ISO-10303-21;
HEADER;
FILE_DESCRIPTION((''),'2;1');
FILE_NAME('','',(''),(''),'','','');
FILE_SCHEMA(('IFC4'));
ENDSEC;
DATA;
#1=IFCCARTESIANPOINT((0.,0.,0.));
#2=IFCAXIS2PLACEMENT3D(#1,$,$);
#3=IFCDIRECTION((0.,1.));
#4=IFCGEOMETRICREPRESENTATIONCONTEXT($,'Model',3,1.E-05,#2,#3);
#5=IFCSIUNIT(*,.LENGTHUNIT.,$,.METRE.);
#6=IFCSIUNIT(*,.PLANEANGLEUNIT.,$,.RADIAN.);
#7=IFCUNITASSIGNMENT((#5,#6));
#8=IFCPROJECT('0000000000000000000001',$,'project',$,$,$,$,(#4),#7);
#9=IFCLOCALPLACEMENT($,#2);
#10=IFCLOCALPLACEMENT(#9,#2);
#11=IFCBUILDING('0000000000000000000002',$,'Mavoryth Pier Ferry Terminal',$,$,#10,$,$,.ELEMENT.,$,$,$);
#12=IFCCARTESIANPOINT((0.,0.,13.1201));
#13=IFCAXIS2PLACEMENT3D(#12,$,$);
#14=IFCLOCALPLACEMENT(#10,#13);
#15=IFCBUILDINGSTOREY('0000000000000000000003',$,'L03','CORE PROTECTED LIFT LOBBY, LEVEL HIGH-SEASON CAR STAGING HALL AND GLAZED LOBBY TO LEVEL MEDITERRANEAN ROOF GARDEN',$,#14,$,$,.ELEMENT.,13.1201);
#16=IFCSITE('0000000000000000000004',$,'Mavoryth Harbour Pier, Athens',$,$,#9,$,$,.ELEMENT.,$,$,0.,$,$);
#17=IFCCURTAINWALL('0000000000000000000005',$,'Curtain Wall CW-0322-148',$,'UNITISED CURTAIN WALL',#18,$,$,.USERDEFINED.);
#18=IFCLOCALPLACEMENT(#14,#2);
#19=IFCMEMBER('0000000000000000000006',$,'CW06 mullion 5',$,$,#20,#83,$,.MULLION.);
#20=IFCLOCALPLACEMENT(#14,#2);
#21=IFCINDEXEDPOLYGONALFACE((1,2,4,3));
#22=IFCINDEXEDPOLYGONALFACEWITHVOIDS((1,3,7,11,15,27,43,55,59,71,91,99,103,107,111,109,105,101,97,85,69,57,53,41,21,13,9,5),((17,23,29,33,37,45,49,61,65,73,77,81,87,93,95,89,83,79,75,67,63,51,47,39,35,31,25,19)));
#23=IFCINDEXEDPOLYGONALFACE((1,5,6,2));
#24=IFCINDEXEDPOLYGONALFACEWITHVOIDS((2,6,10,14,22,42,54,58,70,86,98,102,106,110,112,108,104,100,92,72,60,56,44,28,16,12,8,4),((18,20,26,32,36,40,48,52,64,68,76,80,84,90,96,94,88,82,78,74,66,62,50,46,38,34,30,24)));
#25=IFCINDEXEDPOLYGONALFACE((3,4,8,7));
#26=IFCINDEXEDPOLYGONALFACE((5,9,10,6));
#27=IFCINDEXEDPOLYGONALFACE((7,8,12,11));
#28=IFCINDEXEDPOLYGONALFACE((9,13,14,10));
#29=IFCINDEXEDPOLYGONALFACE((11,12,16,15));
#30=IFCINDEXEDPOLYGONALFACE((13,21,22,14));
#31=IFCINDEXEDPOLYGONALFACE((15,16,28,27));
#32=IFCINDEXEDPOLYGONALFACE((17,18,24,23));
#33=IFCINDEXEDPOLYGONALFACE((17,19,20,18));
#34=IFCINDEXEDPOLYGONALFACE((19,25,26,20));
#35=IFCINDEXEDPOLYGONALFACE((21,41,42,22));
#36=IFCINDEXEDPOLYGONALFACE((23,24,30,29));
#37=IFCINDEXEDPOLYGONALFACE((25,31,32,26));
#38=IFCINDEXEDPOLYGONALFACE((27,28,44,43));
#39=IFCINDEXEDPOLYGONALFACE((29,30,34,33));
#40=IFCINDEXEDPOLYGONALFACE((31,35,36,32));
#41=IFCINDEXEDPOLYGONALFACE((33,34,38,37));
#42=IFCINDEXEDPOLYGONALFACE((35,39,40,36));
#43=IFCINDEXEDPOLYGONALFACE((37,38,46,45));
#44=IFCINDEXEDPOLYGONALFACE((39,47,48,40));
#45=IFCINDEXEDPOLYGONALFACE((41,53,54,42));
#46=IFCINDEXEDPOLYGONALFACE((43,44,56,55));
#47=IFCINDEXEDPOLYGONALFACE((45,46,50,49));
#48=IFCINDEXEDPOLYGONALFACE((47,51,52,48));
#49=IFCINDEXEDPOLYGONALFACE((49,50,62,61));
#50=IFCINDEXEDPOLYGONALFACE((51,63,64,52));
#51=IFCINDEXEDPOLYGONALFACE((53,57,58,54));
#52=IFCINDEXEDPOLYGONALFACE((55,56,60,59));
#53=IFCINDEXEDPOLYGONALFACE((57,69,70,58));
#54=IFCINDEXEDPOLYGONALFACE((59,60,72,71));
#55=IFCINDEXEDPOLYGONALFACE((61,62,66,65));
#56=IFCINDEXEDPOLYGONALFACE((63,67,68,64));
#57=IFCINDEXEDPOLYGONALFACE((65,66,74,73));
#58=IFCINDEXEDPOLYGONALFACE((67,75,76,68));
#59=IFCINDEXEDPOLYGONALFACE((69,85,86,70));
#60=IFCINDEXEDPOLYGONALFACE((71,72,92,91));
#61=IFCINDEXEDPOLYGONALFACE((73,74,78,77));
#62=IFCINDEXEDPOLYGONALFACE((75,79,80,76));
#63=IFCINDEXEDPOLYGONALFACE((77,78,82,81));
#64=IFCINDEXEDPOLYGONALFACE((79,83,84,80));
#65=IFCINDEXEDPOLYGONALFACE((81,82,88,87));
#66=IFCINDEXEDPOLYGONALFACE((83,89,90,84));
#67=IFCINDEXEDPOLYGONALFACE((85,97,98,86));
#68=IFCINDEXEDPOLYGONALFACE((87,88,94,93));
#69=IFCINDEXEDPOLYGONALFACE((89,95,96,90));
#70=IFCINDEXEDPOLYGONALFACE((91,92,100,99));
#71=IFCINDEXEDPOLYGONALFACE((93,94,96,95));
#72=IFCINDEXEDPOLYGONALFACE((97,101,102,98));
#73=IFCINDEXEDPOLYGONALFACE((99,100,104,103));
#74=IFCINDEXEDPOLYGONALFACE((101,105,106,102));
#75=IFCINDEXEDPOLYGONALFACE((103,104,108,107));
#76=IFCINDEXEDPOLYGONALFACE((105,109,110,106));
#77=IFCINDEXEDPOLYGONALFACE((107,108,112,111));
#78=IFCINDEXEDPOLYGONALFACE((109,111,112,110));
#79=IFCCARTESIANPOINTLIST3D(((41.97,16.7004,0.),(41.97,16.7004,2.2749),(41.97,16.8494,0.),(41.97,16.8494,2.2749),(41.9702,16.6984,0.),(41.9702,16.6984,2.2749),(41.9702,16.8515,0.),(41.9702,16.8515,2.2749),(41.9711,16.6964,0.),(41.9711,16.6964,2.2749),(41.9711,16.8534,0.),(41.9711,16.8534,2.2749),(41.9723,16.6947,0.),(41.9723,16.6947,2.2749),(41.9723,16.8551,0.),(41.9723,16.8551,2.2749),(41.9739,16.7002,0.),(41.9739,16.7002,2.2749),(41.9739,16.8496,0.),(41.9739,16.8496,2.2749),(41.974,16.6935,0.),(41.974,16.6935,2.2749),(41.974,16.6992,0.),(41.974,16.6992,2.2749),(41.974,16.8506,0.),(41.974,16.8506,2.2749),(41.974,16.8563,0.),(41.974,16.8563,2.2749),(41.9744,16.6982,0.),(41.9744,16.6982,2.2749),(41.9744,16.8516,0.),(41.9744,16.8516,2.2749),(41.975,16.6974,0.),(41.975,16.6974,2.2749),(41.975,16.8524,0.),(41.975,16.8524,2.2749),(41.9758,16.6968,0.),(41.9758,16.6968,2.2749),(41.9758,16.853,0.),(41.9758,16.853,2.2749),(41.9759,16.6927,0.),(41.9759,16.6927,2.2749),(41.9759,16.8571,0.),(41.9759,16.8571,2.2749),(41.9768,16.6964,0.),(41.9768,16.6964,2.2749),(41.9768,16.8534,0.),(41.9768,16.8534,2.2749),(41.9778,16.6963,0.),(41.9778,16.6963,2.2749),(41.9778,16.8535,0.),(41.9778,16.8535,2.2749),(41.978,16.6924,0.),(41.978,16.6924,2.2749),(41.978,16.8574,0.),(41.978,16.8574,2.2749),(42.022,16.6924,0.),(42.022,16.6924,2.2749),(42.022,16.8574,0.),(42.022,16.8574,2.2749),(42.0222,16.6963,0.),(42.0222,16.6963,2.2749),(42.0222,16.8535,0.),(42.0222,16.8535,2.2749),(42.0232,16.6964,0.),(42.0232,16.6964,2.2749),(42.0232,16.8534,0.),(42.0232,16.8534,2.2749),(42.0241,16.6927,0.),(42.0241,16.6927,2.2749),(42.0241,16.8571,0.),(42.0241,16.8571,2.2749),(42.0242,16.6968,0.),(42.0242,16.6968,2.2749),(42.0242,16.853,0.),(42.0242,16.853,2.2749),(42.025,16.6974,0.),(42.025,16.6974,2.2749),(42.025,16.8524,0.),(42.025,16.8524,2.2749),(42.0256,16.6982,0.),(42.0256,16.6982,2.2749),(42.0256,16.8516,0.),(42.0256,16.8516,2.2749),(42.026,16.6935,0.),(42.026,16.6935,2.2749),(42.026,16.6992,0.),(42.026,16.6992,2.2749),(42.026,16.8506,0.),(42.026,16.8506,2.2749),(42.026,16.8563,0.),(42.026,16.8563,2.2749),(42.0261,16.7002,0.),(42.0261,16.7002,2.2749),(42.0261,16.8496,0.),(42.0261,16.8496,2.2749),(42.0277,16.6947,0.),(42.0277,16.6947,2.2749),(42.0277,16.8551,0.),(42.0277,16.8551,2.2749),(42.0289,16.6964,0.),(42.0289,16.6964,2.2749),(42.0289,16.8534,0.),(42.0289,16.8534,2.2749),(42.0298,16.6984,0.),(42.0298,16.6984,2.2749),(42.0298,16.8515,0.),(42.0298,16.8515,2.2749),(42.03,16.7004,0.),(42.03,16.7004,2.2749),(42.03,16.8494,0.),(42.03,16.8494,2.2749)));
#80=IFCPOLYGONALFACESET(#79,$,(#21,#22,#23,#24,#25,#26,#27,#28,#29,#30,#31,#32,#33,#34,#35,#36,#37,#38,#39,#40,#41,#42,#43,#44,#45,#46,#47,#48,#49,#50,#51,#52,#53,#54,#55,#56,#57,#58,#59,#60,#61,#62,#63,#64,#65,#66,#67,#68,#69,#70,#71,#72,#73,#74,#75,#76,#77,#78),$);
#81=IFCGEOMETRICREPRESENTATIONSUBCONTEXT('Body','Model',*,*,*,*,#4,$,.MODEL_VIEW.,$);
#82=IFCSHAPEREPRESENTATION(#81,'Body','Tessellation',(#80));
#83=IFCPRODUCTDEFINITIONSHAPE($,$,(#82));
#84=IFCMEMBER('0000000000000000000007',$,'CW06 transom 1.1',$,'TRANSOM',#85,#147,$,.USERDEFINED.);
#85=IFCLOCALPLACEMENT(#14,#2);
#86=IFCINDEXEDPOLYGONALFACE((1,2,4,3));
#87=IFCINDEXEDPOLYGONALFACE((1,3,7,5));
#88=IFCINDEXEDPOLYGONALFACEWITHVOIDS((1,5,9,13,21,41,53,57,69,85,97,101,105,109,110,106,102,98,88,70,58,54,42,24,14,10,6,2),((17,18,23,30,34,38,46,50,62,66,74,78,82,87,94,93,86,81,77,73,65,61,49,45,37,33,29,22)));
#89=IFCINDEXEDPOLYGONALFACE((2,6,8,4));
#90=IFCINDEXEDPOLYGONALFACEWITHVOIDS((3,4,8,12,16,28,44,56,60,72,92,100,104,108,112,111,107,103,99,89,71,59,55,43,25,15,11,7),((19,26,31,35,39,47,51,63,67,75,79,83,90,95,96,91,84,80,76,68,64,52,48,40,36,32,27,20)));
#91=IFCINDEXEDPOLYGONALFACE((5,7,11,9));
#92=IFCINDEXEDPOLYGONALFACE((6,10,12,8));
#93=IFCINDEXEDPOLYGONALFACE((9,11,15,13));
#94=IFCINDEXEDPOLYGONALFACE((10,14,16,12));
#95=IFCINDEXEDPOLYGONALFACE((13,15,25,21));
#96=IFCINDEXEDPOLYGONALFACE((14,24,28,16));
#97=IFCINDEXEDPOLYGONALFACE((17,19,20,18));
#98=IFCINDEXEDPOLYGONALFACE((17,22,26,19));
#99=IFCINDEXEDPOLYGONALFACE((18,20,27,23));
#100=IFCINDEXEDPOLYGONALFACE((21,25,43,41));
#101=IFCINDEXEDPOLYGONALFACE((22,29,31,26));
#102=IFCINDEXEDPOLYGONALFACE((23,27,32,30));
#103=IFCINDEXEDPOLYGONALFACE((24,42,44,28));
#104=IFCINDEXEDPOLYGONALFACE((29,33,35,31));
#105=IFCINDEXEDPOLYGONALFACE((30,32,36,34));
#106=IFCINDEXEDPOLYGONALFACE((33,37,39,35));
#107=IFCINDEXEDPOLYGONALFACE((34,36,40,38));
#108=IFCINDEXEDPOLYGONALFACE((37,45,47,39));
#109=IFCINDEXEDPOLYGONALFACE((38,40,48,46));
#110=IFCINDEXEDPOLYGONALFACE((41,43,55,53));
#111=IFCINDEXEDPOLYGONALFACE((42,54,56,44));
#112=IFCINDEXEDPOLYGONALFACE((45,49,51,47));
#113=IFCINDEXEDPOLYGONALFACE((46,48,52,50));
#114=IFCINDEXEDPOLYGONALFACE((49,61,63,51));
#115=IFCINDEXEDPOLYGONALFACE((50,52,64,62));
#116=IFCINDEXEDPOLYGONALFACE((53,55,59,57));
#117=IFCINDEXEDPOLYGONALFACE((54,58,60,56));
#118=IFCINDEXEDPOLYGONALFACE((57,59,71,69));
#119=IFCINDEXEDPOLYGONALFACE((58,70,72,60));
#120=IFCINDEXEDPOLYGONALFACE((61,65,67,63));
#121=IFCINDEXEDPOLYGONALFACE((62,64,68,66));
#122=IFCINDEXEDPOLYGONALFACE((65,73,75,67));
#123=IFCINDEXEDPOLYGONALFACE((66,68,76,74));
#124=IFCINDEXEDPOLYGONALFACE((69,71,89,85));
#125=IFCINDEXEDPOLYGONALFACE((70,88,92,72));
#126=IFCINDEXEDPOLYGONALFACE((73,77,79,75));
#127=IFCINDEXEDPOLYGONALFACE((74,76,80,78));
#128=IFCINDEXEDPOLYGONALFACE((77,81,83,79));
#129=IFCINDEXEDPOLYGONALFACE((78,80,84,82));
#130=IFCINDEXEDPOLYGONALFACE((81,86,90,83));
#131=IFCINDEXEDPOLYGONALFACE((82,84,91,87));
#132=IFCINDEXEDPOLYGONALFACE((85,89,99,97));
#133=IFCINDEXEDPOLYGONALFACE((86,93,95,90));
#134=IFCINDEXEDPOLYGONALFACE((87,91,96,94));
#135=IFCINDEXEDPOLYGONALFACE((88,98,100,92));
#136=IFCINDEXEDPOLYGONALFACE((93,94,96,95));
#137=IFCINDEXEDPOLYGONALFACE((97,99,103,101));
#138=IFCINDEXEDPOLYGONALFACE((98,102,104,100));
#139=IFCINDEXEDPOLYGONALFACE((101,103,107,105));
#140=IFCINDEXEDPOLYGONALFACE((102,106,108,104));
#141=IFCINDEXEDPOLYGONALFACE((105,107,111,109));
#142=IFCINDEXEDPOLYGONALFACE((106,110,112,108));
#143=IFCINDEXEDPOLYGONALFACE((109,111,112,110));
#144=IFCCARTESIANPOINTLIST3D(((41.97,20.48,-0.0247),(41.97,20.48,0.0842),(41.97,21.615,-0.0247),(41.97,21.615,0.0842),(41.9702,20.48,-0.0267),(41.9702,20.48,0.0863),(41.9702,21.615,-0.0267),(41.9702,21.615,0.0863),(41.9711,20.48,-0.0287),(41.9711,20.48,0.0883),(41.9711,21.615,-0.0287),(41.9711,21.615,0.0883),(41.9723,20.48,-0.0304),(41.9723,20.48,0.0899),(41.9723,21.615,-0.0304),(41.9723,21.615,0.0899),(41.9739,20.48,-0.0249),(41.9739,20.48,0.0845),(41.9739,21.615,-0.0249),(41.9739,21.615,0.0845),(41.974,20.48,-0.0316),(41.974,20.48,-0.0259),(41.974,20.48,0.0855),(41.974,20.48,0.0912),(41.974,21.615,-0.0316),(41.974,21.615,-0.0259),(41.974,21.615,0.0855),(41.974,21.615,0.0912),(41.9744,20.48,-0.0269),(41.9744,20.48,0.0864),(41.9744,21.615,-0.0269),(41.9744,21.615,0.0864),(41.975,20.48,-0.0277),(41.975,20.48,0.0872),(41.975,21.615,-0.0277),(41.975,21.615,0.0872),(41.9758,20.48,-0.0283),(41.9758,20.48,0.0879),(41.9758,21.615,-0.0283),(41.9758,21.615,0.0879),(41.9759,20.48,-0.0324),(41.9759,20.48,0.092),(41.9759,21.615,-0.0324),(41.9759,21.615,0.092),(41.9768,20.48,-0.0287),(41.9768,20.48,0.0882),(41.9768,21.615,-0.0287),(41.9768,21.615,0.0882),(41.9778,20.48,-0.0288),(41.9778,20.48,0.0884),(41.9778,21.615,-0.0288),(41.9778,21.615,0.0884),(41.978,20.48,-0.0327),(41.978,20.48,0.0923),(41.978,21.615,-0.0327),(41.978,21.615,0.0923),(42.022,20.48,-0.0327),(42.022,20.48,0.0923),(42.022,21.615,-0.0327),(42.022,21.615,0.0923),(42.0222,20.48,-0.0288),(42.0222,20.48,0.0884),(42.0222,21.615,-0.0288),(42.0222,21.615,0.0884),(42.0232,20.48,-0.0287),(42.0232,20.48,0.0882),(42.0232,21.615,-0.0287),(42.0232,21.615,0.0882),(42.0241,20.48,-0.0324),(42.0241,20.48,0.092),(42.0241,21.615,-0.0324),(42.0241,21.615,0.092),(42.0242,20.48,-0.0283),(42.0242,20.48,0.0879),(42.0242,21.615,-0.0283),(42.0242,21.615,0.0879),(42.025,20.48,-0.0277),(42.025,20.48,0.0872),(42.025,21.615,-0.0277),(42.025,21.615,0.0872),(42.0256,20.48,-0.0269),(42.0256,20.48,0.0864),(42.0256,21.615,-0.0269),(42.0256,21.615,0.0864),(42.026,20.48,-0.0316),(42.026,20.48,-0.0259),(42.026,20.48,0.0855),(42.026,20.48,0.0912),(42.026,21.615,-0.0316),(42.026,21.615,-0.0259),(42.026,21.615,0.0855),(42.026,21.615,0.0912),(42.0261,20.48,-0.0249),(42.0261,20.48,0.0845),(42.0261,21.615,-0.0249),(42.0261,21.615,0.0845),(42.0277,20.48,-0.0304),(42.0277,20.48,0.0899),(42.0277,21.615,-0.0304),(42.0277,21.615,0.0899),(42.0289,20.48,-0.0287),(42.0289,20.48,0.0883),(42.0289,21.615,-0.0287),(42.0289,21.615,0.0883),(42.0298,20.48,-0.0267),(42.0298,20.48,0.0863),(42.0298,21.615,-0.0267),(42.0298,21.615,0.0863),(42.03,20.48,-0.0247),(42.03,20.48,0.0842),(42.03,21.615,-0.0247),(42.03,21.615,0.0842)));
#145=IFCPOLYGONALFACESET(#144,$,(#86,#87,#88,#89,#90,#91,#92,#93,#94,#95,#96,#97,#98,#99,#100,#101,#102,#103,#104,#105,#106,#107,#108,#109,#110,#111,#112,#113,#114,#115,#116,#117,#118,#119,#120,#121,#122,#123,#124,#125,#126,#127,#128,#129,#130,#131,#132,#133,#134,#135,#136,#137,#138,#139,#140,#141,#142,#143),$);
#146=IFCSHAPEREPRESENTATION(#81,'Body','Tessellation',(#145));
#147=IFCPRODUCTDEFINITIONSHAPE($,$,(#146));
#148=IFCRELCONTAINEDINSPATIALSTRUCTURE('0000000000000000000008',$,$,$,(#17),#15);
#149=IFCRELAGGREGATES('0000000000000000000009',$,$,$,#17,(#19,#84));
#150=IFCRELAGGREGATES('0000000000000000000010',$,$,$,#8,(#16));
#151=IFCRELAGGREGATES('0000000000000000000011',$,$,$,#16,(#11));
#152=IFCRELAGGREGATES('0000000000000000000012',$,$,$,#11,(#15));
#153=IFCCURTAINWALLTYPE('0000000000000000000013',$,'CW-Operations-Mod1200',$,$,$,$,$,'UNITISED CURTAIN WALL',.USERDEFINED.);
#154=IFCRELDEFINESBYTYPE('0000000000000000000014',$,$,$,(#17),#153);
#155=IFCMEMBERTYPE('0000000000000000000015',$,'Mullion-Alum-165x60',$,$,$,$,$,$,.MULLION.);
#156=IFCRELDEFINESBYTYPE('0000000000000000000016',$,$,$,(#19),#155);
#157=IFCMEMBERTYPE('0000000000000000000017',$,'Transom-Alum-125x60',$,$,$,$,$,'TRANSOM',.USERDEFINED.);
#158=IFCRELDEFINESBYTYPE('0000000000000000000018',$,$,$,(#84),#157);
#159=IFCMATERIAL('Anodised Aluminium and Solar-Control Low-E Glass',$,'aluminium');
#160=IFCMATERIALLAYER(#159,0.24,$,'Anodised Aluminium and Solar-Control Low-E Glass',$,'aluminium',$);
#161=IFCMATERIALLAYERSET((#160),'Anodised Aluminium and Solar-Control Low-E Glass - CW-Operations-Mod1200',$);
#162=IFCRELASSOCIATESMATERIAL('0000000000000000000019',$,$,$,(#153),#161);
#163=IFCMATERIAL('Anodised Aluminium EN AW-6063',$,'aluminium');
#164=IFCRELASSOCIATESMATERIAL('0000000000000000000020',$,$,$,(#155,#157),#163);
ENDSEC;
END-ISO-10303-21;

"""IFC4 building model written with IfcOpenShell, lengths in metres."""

from ifc_helpers import new_model, si_unit, direction, frame, origin, origin_2d, place, context, subcontext, project, spatial, hollow_rectangle, extrude, material, layer, layer_set, material_profile, profile_set, type_object, element, aggregate, save


model = new_model("IFC4")

# Units and contexts
model_context = context("Model", 3, precision=1e-05, world=origin(), true_north=direction((0.0, 1.0)))
body_context = subcontext(model_context, "Body", "Model", "MODEL_VIEW")
ifc_project = project(units=[si_unit("LENGTHUNIT", "METRE"), si_unit("PLANEANGLEUNIT", "RADIAN")], contexts=[model_context])

# Site, building, storey
site_placement = place(None, origin())
site = spatial("IfcSite", under=ifc_project, at=site_placement, Name="Mavoryth Harbour Pier, Athens", CompositionType="ELEMENT", RefElevation=0.0)
building_placement = place(site_placement, origin())
building = spatial("IfcBuilding", under=site, at=building_placement, Name="Mavoryth Pier Ferry Terminal", CompositionType="ELEMENT")
storey_placement = place(building_placement, frame((0.0, 0.0, 13.1201)))
storey = spatial("IfcBuildingStorey", under=building, at=storey_placement, Name="L03", Description="CORE PROTECTED LIFT LOBBY, LEVEL HIGH-SEASON CAR STAGING HALL AND GLAZED LOBBY TO LEVEL MEDITERRANEAN ROOF GARDEN", CompositionType="ELEMENT", Elevation=13.1201)

# Curtain wall, members
ifc_material_1 = material(Name="Anodised Aluminium and Solar-Control Low-E Glass", Category="aluminium")
ifc_layer_1 = layer(ifc_material_1, 0.24, Name="Anodised Aluminium and Solar-Control Low-E Glass", Category="aluminium")
ifc_layer_set_1 = layer_set([ifc_layer_1], Name="Anodised Aluminium and Solar-Control Low-E Glass - CW-Operations-Mod1200")
curtain_wall_type = type_object("IfcCurtainWallType", Name="CW-Operations-Mod1200", ElementType="UNITISED CURTAIN WALL", PredefinedType="USERDEFINED", material=ifc_layer_set_1)
curtain_wall_placement = place(storey_placement, origin())
curtain_wall = element("IfcCurtainWall", 1, at=curtain_wall_placement, inside=storey, type_object=curtain_wall_type, Name="Curtain Wall CW-0322-148", ObjectType="UNITISED CURTAIN WALL", PredefinedType="USERDEFINED")
ifc_material_2 = material(Name="Anodised Aluminium EN AW-6063", Category="aluminium")
ifc_material_profile_1 = material_profile(ifc_material_2, hollow_rectangle(XDim=0.0601, YDim=0.165, WallThickness=0.0039, InnerFilletRadius=0.0039, OuterFilletRadius=0.0081, at=origin_2d()), Name="AL-MULL 165x60x4", Category="aluminium")
ifc_profile_set_1 = profile_set([ifc_material_profile_1], Name="Anodised Aluminium EN AW-6063 - AL-MULL 165x60x4")
member_type_1 = type_object("IfcMemberType", Name="Mullion-Alum-165x60", PredefinedType="MULLION", material=ifc_profile_set_1)
member_1_placement = place(storey_placement, frame((42.0, 16.7749, 0.0), z_axis=(0.0, 0.0, 1.0), x_axis=(1.0, 0.0, 0.0)))
member_1 = element("IfcMember", 2, at=member_1_placement, type_object=member_type_1, Name="CW06 mullion 5", PredefinedType="MULLION", context=body_context, shape_type="SweptSolid", body=[
    extrude(hollow_rectangle(XDim=0.0601, YDim=0.165, WallThickness=0.0039, InnerFilletRadius=0.0039, OuterFilletRadius=0.0081, at=origin_2d()), origin(), (0.0, 0.0, 1.0), 2.2749),
])
ifc_material_profile_2 = material_profile(ifc_material_2, hollow_rectangle(XDim=0.0601, YDim=0.125, WallThickness=0.0039, InnerFilletRadius=0.0039, OuterFilletRadius=0.0081, at=origin_2d()), Name="AL-TRAN 125x60x4", Category="aluminium")
ifc_profile_set_2 = profile_set([ifc_material_profile_2], Name="Anodised Aluminium EN AW-6063 - AL-TRAN 125x60x4")
member_type_2 = type_object("IfcMemberType", Name="Transom-Alum-125x60", ElementType="TRANSOM", PredefinedType="USERDEFINED", material=ifc_profile_set_2)
member_2_placement = place(storey_placement, frame((42.0, 21.615, 0.0298), z_axis=(0.0, -1.0, 0.0), x_axis=(1.0, 0.0, 0.0)))
member_2 = element("IfcMember", 3, at=member_2_placement, type_object=member_type_2, Name="CW06 transom 1.1", ObjectType="TRANSOM", PredefinedType="USERDEFINED", context=body_context, shape_type="SweptSolid", body=[
    extrude(hollow_rectangle(XDim=0.0601, YDim=0.125, WallThickness=0.0039, InnerFilletRadius=0.0039, OuterFilletRadius=0.0081, at=origin_2d()), origin(), (0.0, 0.0, 1.0), 1.135),
])
aggregate(curtain_wall, [member_1, member_2])

save(model, "model.ifc")
